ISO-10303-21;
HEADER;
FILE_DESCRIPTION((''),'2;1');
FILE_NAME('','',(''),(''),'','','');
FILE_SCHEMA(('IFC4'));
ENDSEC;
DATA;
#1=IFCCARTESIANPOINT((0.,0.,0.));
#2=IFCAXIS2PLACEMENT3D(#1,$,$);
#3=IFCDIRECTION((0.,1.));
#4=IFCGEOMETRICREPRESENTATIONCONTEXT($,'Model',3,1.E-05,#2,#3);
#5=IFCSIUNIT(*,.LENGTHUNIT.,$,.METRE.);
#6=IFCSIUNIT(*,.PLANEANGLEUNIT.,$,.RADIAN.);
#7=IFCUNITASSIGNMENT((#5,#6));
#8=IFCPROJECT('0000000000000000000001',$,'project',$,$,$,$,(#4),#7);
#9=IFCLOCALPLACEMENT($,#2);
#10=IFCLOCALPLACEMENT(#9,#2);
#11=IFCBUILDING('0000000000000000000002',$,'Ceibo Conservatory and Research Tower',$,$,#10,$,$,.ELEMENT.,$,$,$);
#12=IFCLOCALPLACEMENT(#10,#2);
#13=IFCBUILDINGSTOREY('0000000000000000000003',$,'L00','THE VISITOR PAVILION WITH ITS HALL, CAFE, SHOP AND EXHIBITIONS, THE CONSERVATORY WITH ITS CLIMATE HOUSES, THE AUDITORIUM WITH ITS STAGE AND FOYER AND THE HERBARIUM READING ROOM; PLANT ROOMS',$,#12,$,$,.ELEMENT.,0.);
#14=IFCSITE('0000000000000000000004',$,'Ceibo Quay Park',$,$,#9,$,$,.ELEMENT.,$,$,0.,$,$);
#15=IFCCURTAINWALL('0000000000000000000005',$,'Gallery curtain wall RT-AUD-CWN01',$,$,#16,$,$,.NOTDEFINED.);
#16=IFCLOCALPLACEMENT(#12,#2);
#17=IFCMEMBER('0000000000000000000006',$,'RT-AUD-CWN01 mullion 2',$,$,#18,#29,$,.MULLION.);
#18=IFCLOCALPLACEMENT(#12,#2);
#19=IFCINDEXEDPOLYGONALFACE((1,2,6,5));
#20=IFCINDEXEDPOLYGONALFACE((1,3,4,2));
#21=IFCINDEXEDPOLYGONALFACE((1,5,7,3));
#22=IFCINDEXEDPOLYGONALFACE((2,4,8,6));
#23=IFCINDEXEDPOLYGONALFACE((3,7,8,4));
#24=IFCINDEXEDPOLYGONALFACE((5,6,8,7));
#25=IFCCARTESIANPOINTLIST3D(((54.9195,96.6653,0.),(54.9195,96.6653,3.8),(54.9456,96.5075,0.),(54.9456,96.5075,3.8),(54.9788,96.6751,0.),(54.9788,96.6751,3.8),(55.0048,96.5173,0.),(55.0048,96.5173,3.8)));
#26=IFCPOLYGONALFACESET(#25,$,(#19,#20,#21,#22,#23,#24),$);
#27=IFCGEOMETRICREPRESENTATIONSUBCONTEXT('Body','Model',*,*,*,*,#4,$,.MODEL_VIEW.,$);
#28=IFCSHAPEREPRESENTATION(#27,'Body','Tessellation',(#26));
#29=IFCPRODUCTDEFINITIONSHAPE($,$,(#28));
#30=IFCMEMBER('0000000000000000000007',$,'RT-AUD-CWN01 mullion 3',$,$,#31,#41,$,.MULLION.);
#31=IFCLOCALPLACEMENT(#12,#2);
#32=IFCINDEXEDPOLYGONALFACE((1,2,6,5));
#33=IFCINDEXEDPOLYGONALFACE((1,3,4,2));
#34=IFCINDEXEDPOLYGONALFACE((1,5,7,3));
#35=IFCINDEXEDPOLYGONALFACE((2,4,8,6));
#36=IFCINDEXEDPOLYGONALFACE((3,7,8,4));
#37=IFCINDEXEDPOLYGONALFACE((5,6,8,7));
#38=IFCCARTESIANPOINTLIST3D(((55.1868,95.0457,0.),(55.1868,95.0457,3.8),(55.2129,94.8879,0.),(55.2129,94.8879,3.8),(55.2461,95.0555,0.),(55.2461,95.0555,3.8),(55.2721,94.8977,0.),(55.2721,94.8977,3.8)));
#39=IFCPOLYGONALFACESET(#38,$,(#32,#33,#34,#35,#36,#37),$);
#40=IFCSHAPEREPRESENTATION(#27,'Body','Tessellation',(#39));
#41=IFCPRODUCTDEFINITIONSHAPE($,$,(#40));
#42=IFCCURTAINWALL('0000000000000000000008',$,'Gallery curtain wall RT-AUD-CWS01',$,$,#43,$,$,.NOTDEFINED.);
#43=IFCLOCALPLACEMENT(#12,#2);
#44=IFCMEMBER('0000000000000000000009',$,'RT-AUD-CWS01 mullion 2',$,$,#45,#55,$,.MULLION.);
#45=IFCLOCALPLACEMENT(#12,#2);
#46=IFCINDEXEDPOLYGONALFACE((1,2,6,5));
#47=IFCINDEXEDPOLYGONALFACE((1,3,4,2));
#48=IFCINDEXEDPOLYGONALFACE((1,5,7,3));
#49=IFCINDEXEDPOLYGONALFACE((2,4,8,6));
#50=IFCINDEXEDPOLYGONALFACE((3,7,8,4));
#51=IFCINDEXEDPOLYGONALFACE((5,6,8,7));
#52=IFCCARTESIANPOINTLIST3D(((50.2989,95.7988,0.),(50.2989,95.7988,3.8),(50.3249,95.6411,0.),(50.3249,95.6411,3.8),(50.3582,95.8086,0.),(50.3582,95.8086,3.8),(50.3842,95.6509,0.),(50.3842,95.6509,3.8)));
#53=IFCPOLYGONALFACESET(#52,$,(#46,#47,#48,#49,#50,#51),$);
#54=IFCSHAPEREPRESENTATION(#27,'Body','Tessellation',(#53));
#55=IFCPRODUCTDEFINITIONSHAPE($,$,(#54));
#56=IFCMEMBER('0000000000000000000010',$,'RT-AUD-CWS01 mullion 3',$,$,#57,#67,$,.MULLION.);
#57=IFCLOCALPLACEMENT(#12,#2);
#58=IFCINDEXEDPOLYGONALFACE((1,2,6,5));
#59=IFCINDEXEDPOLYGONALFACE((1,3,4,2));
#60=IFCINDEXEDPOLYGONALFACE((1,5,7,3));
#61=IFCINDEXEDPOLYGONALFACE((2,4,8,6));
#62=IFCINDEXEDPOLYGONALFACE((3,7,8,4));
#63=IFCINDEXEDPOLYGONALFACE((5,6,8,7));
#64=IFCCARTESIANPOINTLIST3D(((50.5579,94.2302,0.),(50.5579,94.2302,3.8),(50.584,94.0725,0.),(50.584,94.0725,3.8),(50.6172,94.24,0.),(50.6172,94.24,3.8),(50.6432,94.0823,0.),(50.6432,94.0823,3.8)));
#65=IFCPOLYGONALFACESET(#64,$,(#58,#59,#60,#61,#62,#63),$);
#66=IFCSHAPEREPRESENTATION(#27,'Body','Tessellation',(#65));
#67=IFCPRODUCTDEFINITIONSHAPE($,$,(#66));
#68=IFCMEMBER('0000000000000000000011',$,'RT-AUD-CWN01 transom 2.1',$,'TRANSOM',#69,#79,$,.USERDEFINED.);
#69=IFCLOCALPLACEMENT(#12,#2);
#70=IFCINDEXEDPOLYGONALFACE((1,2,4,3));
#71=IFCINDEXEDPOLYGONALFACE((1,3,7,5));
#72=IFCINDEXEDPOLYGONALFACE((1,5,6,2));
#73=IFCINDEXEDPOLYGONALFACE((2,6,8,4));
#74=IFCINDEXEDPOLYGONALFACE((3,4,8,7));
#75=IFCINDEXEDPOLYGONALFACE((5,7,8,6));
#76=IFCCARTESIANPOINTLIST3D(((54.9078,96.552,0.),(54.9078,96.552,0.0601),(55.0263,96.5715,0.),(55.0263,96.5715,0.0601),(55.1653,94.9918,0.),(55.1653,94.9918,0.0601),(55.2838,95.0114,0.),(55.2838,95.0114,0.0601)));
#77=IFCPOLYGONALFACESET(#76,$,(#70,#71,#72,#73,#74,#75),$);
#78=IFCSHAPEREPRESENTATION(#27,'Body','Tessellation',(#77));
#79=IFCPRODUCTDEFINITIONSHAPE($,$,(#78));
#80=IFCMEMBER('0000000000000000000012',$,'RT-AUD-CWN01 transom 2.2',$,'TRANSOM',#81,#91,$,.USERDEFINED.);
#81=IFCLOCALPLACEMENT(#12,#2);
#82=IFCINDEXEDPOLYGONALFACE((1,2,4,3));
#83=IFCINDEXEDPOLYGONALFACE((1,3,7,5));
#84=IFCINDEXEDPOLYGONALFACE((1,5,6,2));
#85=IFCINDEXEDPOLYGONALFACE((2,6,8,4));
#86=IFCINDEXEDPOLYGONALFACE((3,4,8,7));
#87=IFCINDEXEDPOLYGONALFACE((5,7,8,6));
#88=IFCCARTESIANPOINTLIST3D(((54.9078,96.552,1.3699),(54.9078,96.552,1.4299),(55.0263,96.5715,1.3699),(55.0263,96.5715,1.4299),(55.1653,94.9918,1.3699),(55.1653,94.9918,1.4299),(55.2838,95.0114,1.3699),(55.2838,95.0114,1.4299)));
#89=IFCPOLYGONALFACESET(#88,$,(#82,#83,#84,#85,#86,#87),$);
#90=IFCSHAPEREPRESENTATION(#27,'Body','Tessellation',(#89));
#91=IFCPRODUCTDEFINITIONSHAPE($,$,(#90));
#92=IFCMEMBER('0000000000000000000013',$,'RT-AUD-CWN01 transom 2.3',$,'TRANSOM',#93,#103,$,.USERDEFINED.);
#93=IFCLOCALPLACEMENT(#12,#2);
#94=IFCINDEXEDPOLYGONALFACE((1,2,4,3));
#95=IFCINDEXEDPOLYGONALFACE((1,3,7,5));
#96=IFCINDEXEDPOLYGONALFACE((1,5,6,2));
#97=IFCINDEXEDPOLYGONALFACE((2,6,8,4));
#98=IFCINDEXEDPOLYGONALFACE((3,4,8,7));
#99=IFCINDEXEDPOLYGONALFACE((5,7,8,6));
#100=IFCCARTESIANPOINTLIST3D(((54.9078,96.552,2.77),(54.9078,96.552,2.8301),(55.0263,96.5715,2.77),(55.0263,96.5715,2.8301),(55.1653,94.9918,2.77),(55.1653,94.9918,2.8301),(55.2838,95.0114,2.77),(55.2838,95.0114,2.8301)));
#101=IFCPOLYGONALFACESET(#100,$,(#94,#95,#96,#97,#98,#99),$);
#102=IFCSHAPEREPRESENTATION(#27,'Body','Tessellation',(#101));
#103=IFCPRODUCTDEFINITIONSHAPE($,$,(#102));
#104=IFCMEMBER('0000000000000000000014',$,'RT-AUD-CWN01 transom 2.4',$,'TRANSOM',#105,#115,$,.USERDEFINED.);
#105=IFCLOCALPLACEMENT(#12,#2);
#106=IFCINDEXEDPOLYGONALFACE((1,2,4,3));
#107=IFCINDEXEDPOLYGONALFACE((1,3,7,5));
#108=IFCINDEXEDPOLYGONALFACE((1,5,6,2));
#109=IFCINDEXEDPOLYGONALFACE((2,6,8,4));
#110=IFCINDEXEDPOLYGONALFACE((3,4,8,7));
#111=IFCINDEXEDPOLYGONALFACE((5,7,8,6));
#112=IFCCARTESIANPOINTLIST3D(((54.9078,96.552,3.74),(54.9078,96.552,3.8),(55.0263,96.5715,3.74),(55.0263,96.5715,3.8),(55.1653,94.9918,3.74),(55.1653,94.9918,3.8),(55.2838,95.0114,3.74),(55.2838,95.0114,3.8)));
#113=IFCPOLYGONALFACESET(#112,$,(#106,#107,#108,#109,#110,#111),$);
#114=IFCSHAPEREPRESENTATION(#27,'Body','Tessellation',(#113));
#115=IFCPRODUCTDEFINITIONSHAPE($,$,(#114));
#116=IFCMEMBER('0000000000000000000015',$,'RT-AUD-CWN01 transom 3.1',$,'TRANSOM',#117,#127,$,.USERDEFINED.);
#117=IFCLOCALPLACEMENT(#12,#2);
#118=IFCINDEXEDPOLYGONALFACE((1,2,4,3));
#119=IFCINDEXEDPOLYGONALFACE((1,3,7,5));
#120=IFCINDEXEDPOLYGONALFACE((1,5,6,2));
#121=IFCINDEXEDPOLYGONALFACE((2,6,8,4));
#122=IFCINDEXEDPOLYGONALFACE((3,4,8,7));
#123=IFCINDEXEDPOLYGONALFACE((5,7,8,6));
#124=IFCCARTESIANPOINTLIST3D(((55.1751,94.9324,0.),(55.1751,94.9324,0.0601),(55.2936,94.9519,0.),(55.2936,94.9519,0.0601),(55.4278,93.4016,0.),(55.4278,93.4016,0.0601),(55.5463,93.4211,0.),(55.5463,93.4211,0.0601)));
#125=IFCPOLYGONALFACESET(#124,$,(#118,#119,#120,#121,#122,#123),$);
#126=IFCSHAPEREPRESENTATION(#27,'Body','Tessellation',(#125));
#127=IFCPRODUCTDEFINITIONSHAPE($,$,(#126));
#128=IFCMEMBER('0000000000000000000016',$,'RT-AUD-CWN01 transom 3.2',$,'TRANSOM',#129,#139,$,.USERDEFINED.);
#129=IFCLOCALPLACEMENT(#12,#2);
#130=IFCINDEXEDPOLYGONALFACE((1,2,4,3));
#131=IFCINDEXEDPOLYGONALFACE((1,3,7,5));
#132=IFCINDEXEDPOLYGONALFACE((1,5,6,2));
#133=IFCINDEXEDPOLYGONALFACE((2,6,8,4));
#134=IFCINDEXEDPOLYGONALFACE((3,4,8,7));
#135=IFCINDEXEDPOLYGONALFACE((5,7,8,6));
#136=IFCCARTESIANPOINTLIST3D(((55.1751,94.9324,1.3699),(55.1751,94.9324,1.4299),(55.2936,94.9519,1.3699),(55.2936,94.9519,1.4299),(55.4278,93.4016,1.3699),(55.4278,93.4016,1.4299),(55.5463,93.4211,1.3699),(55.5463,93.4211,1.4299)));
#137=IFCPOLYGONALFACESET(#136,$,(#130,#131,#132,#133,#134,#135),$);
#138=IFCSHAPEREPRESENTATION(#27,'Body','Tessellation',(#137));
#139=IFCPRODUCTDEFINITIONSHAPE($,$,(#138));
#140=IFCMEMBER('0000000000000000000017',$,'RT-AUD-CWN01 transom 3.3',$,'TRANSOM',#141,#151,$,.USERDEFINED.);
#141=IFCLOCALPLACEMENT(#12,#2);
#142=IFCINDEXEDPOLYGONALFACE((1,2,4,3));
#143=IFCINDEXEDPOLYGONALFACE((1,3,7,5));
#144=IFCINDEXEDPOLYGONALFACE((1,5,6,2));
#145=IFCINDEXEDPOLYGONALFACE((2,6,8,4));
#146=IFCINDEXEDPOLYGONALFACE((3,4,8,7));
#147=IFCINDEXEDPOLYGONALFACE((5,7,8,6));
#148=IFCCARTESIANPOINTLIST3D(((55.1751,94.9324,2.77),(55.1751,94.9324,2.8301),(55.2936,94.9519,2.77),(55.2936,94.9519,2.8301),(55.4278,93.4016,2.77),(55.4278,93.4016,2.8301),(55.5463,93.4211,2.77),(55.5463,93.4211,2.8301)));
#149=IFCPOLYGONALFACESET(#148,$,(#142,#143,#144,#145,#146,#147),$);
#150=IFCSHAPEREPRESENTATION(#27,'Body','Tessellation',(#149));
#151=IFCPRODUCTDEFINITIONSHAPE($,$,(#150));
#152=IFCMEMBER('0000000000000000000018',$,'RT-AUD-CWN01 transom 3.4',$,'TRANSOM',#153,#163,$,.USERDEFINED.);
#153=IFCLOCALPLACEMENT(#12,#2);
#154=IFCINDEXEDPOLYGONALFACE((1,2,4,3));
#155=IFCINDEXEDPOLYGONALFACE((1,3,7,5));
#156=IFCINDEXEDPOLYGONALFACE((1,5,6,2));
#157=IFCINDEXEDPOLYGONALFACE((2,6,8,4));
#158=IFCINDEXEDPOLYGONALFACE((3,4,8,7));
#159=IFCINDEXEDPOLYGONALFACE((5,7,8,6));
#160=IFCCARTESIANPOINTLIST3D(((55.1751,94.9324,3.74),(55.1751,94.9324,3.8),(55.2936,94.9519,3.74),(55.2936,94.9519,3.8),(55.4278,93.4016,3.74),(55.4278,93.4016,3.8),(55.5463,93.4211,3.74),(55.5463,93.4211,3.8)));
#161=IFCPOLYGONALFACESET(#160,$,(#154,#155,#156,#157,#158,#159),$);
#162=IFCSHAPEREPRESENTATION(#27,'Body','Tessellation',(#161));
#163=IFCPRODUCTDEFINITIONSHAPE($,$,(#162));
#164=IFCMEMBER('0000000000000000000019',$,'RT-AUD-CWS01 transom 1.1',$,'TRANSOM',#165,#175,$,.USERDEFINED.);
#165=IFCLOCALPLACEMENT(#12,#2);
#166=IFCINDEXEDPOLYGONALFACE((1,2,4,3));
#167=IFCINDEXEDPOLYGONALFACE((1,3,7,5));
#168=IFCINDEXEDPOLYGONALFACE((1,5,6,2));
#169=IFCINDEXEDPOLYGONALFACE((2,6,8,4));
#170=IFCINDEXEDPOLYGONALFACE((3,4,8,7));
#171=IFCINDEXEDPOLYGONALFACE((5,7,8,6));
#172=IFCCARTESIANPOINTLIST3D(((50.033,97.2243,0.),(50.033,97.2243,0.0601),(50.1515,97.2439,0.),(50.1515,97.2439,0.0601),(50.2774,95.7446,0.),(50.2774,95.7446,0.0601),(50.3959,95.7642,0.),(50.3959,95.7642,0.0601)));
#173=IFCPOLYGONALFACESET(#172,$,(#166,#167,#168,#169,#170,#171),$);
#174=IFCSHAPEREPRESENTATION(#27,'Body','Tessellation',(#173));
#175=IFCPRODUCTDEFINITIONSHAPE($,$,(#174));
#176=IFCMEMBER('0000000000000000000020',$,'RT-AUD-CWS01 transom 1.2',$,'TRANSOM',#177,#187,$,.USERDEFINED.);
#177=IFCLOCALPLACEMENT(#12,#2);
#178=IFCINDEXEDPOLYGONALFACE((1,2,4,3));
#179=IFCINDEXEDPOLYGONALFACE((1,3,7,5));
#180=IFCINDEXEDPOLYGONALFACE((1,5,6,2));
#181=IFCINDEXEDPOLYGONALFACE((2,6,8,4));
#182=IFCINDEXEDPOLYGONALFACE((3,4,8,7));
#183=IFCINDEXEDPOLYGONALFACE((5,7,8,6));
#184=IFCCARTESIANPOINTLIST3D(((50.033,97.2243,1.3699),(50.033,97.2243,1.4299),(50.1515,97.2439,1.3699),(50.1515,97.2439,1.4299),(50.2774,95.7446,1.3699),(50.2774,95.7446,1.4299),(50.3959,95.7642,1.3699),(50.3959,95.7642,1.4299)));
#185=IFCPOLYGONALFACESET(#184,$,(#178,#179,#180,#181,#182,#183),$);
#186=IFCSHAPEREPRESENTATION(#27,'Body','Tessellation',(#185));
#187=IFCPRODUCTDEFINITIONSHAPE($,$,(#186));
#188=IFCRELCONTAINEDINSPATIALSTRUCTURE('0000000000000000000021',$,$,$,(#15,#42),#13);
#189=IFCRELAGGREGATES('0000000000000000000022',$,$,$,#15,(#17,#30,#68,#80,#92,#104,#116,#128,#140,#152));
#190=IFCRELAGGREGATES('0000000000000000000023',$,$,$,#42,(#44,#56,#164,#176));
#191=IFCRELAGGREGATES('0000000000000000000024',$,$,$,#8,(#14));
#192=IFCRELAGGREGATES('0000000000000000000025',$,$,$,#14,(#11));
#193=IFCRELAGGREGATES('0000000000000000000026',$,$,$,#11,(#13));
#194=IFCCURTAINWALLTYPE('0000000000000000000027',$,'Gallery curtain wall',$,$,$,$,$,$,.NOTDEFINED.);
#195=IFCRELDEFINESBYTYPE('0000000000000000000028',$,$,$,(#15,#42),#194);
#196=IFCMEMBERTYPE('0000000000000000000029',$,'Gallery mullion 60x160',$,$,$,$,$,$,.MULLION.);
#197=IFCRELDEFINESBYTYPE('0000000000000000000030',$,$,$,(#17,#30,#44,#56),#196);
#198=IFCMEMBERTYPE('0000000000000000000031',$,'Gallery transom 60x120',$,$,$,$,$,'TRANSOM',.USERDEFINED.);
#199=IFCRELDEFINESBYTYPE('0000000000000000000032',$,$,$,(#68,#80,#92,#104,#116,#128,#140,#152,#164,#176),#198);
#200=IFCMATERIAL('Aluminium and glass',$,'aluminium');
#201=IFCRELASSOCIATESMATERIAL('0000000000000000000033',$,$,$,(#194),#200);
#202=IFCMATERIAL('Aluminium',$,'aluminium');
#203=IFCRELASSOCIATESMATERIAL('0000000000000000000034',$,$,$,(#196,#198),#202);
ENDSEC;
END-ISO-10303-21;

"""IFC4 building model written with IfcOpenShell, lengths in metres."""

from ifc_helpers import new_model, si_unit, direction, frame, origin, origin_2d, place, context, subcontext, project, spatial, rectangle, extrude, material, material_profile, profile_set, type_object, element, aggregate, save


model = new_model("IFC4")

# Units and contexts
model_context = context("Model", 3, precision=1e-05, world=origin(), true_north=direction((0.0, 1.0)))
body_context = subcontext(model_context, "Body", "Model", "MODEL_VIEW")
ifc_project = project(units=[si_unit("LENGTHUNIT", "METRE"), si_unit("PLANEANGLEUNIT", "RADIAN")], contexts=[model_context])

# Site, building, storey
site_placement = place(None, origin())
site = spatial("IfcSite", under=ifc_project, at=site_placement, Name="Ceibo Quay Park", CompositionType="ELEMENT", RefElevation=0.0)
building_placement = place(site_placement, origin())
building = spatial("IfcBuilding", under=site, at=building_placement, Name="Ceibo Conservatory and Research Tower", CompositionType="ELEMENT")
storey_placement = place(building_placement, origin())
storey = spatial("IfcBuildingStorey", under=building, at=storey_placement, Name="L00", Description="THE VISITOR PAVILION WITH ITS HALL, CAFE, SHOP AND EXHIBITIONS, THE CONSERVATORY WITH ITS CLIMATE HOUSES, THE AUDITORIUM WITH ITS STAGE AND FOYER AND THE HERBARIUM READING ROOM; PLANT ROOMS", CompositionType="ELEMENT", Elevation=0.0)

# Curtain walls, members
ifc_material_1 = material(Name="Aluminium and glass", Category="aluminium")
curtain_wall_type = type_object("IfcCurtainWallType", Name="Gallery curtain wall", PredefinedType="NOTDEFINED", material=ifc_material_1)
curtain_wall_1_placement = place(storey_placement, origin())
curtain_wall_1 = element("IfcCurtainWall", 1, at=curtain_wall_1_placement, inside=storey, type_object=curtain_wall_type, Name="Gallery curtain wall RT-AUD-CWN01", PredefinedType="NOTDEFINED")
ifc_material_2 = material(Name="Aluminium", Category="aluminium")
ifc_material_profile_1 = material_profile(ifc_material_2, rectangle(XDim=0.0601, YDim=0.1599, at=origin_2d()), Name="AL 60x160")
ifc_profile_set_1 = profile_set([ifc_material_profile_1], Name="Aluminium")
member_type_1 = type_object("IfcMemberType", Name="Gallery mullion 60x160", PredefinedType="MULLION", material=ifc_profile_set_1)
member_1_placement = place(storey_placement, frame((54.9622, 96.5913, 0.0), z_axis=(0.0, 0.0, 1.0), x_axis=(0.986643, 0.162895, 0.0)))
member_1 = element("IfcMember", 2, at=member_1_placement, type_object=member_type_1, Name="RT-AUD-CWN01 mullion 2", PredefinedType="MULLION", context=body_context, shape_type="SweptSolid", body=[
    extrude(rectangle(XDim=0.0601, YDim=0.1599, at=origin_2d()), origin(), (0.0, 0.0, 1.0), 3.8),
])
member_2_placement = place(storey_placement, frame((55.2295, 94.9717, 0.0), z_axis=(0.0, 0.0, 1.0), x_axis=(0.986643, 0.162895, 0.0)))
member_2 = element("IfcMember", 3, at=member_2_placement, type_object=member_type_1, Name="RT-AUD-CWN01 mullion 3", PredefinedType="MULLION", context=body_context, shape_type="SweptSolid", body=[
    extrude(rectangle(XDim=0.0601, YDim=0.1599, at=origin_2d()), origin(), (0.0, 0.0, 1.0), 3.8),
])
curtain_wall_2_placement = place(storey_placement, origin())
curtain_wall_2 = element("IfcCurtainWall", 4, at=curtain_wall_2_placement, inside=storey, type_object=curtain_wall_type, Name="Gallery curtain wall RT-AUD-CWS01", PredefinedType="NOTDEFINED")
member_3_placement = place(storey_placement, frame((50.3416, 95.7249, 0.0), z_axis=(0.0, 0.0, 1.0), x_axis=(0.986643, 0.162895, 0.0)))
member_3 = element("IfcMember", 5, at=member_3_placement, type_object=member_type_1, Name="RT-AUD-CWS01 mullion 2", PredefinedType="MULLION", context=body_context, shape_type="SweptSolid", body=[
    extrude(rectangle(XDim=0.0601, YDim=0.1599, at=origin_2d()), origin(), (0.0, 0.0, 1.0), 3.8),
])
member_4_placement = place(storey_placement, frame((50.6006, 94.1562, 0.0), z_axis=(0.0, 0.0, 1.0), x_axis=(0.986643, 0.162895, 0.0)))
member_4 = element("IfcMember", 6, at=member_4_placement, type_object=member_type_1, Name="RT-AUD-CWS01 mullion 3", PredefinedType="MULLION", context=body_context, shape_type="SweptSolid", body=[
    extrude(rectangle(XDim=0.0601, YDim=0.1599, at=origin_2d()), origin(), (0.0, 0.0, 1.0), 3.8),
])

# Members
ifc_material_profile_2 = material_profile(ifc_material_2, rectangle(XDim=0.1201, YDim=0.0601, at=origin_2d()), Name="AL 60x120")
ifc_profile_set_2 = profile_set([ifc_material_profile_2], Name="Aluminium")
member_type_2 = type_object("IfcMemberType", Name="Gallery transom 60x120", ElementType="TRANSOM", PredefinedType="USERDEFINED", material=ifc_profile_set_2)
member_5_placement = place(storey_placement, frame((54.967, 96.5618, 0.03), z_axis=(0.162872, -0.986647, 0.0), x_axis=(0.986647, 0.162872, 0.0)))
member_5 = element("IfcMember", 7, at=member_5_placement, type_object=member_type_2, Name="RT-AUD-CWN01 transom 2.1", ObjectType="TRANSOM", PredefinedType="USERDEFINED", context=body_context, shape_type="SweptSolid", body=[
    extrude(rectangle(XDim=0.1201, YDim=0.0601, at=origin_2d()), origin(), (0.0, 0.0, 1.0), 1.5813),
])
member_6_placement = place(storey_placement, frame((54.967, 96.5618, 1.3999), z_axis=(0.162872, -0.986647, 0.0), x_axis=(0.986647, 0.162872, 0.0)))
member_6 = element("IfcMember", 8, at=member_6_placement, type_object=member_type_2, Name="RT-AUD-CWN01 transom 2.2", ObjectType="TRANSOM", PredefinedType="USERDEFINED", context=body_context, shape_type="SweptSolid", body=[
    extrude(rectangle(XDim=0.1201, YDim=0.0601, at=origin_2d()), origin(), (0.0, 0.0, 1.0), 1.5813),
])
member_7_placement = place(storey_placement, frame((54.967, 96.5618, 2.8), z_axis=(0.162872, -0.986647, 0.0), x_axis=(0.986647, 0.162872, 0.0)))
member_7 = element("IfcMember", 9, at=member_7_placement, type_object=member_type_2, Name="RT-AUD-CWN01 transom 2.3", ObjectType="TRANSOM", PredefinedType="USERDEFINED", context=body_context, shape_type="SweptSolid", body=[
    extrude(rectangle(XDim=0.1201, YDim=0.0601, at=origin_2d()), origin(), (0.0, 0.0, 1.0), 1.5813),
])
member_8_placement = place(storey_placement, frame((54.967, 96.5618, 3.77), z_axis=(0.162872, -0.986647, 0.0), x_axis=(0.986647, 0.162872, 0.0)))
member_8 = element("IfcMember", 10, at=member_8_placement, type_object=member_type_2, Name="RT-AUD-CWN01 transom 2.4", ObjectType="TRANSOM", PredefinedType="USERDEFINED", context=body_context, shape_type="SweptSolid", body=[
    extrude(rectangle(XDim=0.1201, YDim=0.0601, at=origin_2d()), origin(), (0.0, 0.0, 1.0), 1.5813),
])
member_9_placement = place(storey_placement, frame((55.2344, 94.9421, 0.03), z_axis=(0.162868, -0.986648, 0.0), x_axis=(0.986648, 0.162868, 0.0)))
member_9 = element("IfcMember", 11, at=member_9_placement, type_object=member_type_2, Name="RT-AUD-CWN01 transom 3.1", ObjectType="TRANSOM", PredefinedType="USERDEFINED", context=body_context, shape_type="SweptSolid", body=[
    extrude(rectangle(XDim=0.1201, YDim=0.0601, at=origin_2d()), origin(), (0.0, 0.0, 1.0), 1.5515),
])
member_10_placement = place(storey_placement, frame((55.2344, 94.9421, 1.3999), z_axis=(0.162868, -0.986648, 0.0), x_axis=(0.986648, 0.162868, 0.0)))
member_10 = element("IfcMember", 12, at=member_10_placement, type_object=member_type_2, Name="RT-AUD-CWN01 transom 3.2", ObjectType="TRANSOM", PredefinedType="USERDEFINED", context=body_context, shape_type="SweptSolid", body=[
    extrude(rectangle(XDim=0.1201, YDim=0.0601, at=origin_2d()), origin(), (0.0, 0.0, 1.0), 1.5515),
])
member_11_placement = place(storey_placement, frame((55.2344, 94.9421, 2.8), z_axis=(0.162868, -0.986648, 0.0), x_axis=(0.986648, 0.162868, 0.0)))
member_11 = element("IfcMember", 13, at=member_11_placement, type_object=member_type_2, Name="RT-AUD-CWN01 transom 3.3", ObjectType="TRANSOM", PredefinedType="USERDEFINED", context=body_context, shape_type="SweptSolid", body=[
    extrude(rectangle(XDim=0.1201, YDim=0.0601, at=origin_2d()), origin(), (0.0, 0.0, 1.0), 1.5515),
])
member_12_placement = place(storey_placement, frame((55.2344, 94.9421, 3.77), z_axis=(0.162868, -0.986648, 0.0), x_axis=(0.986648, 0.162868, 0.0)))
member_12 = element("IfcMember", 14, at=member_12_placement, type_object=member_type_2, Name="RT-AUD-CWN01 transom 3.4", ObjectType="TRANSOM", PredefinedType="USERDEFINED", context=body_context, shape_type="SweptSolid", body=[
    extrude(rectangle(XDim=0.1201, YDim=0.0601, at=origin_2d()), origin(), (0.0, 0.0, 1.0), 1.5515),
])
member_13_placement = place(storey_placement, frame((50.0923, 97.2341, 0.03), z_axis=(0.162947, -0.986635, 0.0), x_axis=(0.986635, 0.162947, 0.0)))
member_13 = element("IfcMember", 15, at=member_13_placement, type_object=member_type_2, Name="RT-AUD-CWS01 transom 1.1", ObjectType="TRANSOM", PredefinedType="USERDEFINED", context=body_context, shape_type="SweptSolid", body=[
    extrude(rectangle(XDim=0.1201, YDim=0.0601, at=origin_2d()), origin(), (0.0, 0.0, 1.0), 1.4998),
])
member_14_placement = place(storey_placement, frame((50.0923, 97.2341, 1.3999), z_axis=(0.162947, -0.986635, 0.0), x_axis=(0.986635, 0.162947, 0.0)))
member_14 = element("IfcMember", 16, at=member_14_placement, type_object=member_type_2, Name="RT-AUD-CWS01 transom 1.2", ObjectType="TRANSOM", PredefinedType="USERDEFINED", context=body_context, shape_type="SweptSolid", body=[
    extrude(rectangle(XDim=0.1201, YDim=0.0601, at=origin_2d()), origin(), (0.0, 0.0, 1.0), 1.4998),
])

aggregate(curtain_wall_1, [member_1, member_2, member_5, member_6, member_7, member_8, member_9, member_10, member_11, member_12])
aggregate(curtain_wall_2, [member_3, member_4, member_13, member_14])

save(model, "model.ifc")
